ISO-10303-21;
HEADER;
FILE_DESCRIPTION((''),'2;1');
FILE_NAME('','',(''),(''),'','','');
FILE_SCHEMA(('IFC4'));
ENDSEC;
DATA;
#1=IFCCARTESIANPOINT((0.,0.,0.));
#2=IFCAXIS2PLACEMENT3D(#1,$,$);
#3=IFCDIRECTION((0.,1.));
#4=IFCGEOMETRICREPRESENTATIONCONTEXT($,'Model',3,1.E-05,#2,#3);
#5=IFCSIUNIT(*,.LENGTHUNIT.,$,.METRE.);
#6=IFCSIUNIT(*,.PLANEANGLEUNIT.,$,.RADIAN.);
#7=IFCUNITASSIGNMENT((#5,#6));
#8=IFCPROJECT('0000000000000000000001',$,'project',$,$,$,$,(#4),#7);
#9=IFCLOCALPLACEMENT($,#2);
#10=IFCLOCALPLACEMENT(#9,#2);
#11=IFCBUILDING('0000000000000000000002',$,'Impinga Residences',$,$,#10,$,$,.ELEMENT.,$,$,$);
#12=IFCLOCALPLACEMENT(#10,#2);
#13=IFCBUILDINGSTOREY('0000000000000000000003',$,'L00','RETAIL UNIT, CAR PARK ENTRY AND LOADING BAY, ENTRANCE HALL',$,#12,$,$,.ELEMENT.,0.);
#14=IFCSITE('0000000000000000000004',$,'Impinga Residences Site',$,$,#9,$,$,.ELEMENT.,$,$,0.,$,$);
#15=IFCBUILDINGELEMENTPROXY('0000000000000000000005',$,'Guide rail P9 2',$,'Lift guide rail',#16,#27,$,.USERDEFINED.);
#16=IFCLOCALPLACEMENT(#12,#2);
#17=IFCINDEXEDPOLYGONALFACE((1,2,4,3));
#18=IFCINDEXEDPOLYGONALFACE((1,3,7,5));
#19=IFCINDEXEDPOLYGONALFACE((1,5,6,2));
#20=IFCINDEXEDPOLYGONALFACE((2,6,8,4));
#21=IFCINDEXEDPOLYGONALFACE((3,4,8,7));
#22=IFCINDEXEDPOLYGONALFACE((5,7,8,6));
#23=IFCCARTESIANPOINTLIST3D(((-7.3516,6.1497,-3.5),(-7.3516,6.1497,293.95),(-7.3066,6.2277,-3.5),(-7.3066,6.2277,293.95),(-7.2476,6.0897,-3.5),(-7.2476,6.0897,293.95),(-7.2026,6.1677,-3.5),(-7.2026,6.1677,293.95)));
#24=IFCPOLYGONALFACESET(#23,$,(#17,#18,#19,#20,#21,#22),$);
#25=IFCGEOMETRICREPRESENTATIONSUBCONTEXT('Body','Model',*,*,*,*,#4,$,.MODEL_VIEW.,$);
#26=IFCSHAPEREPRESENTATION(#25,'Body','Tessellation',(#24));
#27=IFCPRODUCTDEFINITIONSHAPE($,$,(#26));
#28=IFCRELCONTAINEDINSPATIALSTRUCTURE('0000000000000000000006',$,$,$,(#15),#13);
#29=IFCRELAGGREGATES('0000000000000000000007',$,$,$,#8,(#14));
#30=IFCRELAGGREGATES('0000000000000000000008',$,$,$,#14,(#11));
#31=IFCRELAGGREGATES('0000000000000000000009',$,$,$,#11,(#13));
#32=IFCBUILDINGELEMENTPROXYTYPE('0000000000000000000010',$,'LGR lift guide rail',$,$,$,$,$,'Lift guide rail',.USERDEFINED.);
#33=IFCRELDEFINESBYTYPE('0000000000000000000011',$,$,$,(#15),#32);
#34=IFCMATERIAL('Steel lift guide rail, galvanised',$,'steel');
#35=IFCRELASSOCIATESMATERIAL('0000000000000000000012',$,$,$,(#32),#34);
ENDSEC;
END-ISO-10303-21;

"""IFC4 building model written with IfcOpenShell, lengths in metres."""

from ifc_helpers import new_model, si_unit, direction, frame, origin, origin_2d, place, context, subcontext, project, spatial, rectangle, extrude, material, type_object, element, save


model = new_model("IFC4")

# Units and contexts
model_context = context("Model", 3, precision=1e-05, world=origin(), true_north=direction((0.0, 1.0)))
body_context = subcontext(model_context, "Body", "Model", "MODEL_VIEW")
ifc_project = project(units=[si_unit("LENGTHUNIT", "METRE"), si_unit("PLANEANGLEUNIT", "RADIAN")], contexts=[model_context])

# Site, building, storey
site_placement = place(None, origin())
site = spatial("IfcSite", under=ifc_project, at=site_placement, Name="Impinga Residences Site", CompositionType="ELEMENT", RefElevation=0.0)
building_placement = place(site_placement, origin())
building = spatial("IfcBuilding", under=site, at=building_placement, Name="Impinga Residences", CompositionType="ELEMENT")
storey_placement = place(building_placement, origin())
storey = spatial("IfcBuildingStorey", under=building, at=storey_placement, Name="L00", Description="RETAIL UNIT, CAR PARK ENTRY AND LOADING BAY, ENTRANCE HALL", CompositionType="ELEMENT", Elevation=0.0)

# Building element proxy
ifc_material_1 = material(Name="Steel lift guide rail, galvanised", Category="steel")
building_element_proxy_type = type_object("IfcBuildingElementProxyType", Name="LGR lift guide rail", ElementType="Lift guide rail", PredefinedType="USERDEFINED", material=ifc_material_1)
for number, where, z_axis, x_axis, name in (
    (1, (-7.2771, 6.1587, -3.5), (0.0, 0.0, 1.0), (-0.5, -0.866025, 0.0), "Guide rail P9 2"),
):
    element("IfcBuildingElementProxy", number, at=place(storey_placement, frame(where, z_axis=z_axis, x_axis=x_axis)), inside=storey, type_object=building_element_proxy_type, Name=name, ObjectType="Lift guide rail", PredefinedType="USERDEFINED", context=body_context, shape_type="SweptSolid", body=[
        extrude(rectangle(XDim=0.0901, YDim=0.1201, at=origin_2d()), origin(), (0.0, 0.0, 1.0), 297.45),
    ])

save(model, "model.ifc")
